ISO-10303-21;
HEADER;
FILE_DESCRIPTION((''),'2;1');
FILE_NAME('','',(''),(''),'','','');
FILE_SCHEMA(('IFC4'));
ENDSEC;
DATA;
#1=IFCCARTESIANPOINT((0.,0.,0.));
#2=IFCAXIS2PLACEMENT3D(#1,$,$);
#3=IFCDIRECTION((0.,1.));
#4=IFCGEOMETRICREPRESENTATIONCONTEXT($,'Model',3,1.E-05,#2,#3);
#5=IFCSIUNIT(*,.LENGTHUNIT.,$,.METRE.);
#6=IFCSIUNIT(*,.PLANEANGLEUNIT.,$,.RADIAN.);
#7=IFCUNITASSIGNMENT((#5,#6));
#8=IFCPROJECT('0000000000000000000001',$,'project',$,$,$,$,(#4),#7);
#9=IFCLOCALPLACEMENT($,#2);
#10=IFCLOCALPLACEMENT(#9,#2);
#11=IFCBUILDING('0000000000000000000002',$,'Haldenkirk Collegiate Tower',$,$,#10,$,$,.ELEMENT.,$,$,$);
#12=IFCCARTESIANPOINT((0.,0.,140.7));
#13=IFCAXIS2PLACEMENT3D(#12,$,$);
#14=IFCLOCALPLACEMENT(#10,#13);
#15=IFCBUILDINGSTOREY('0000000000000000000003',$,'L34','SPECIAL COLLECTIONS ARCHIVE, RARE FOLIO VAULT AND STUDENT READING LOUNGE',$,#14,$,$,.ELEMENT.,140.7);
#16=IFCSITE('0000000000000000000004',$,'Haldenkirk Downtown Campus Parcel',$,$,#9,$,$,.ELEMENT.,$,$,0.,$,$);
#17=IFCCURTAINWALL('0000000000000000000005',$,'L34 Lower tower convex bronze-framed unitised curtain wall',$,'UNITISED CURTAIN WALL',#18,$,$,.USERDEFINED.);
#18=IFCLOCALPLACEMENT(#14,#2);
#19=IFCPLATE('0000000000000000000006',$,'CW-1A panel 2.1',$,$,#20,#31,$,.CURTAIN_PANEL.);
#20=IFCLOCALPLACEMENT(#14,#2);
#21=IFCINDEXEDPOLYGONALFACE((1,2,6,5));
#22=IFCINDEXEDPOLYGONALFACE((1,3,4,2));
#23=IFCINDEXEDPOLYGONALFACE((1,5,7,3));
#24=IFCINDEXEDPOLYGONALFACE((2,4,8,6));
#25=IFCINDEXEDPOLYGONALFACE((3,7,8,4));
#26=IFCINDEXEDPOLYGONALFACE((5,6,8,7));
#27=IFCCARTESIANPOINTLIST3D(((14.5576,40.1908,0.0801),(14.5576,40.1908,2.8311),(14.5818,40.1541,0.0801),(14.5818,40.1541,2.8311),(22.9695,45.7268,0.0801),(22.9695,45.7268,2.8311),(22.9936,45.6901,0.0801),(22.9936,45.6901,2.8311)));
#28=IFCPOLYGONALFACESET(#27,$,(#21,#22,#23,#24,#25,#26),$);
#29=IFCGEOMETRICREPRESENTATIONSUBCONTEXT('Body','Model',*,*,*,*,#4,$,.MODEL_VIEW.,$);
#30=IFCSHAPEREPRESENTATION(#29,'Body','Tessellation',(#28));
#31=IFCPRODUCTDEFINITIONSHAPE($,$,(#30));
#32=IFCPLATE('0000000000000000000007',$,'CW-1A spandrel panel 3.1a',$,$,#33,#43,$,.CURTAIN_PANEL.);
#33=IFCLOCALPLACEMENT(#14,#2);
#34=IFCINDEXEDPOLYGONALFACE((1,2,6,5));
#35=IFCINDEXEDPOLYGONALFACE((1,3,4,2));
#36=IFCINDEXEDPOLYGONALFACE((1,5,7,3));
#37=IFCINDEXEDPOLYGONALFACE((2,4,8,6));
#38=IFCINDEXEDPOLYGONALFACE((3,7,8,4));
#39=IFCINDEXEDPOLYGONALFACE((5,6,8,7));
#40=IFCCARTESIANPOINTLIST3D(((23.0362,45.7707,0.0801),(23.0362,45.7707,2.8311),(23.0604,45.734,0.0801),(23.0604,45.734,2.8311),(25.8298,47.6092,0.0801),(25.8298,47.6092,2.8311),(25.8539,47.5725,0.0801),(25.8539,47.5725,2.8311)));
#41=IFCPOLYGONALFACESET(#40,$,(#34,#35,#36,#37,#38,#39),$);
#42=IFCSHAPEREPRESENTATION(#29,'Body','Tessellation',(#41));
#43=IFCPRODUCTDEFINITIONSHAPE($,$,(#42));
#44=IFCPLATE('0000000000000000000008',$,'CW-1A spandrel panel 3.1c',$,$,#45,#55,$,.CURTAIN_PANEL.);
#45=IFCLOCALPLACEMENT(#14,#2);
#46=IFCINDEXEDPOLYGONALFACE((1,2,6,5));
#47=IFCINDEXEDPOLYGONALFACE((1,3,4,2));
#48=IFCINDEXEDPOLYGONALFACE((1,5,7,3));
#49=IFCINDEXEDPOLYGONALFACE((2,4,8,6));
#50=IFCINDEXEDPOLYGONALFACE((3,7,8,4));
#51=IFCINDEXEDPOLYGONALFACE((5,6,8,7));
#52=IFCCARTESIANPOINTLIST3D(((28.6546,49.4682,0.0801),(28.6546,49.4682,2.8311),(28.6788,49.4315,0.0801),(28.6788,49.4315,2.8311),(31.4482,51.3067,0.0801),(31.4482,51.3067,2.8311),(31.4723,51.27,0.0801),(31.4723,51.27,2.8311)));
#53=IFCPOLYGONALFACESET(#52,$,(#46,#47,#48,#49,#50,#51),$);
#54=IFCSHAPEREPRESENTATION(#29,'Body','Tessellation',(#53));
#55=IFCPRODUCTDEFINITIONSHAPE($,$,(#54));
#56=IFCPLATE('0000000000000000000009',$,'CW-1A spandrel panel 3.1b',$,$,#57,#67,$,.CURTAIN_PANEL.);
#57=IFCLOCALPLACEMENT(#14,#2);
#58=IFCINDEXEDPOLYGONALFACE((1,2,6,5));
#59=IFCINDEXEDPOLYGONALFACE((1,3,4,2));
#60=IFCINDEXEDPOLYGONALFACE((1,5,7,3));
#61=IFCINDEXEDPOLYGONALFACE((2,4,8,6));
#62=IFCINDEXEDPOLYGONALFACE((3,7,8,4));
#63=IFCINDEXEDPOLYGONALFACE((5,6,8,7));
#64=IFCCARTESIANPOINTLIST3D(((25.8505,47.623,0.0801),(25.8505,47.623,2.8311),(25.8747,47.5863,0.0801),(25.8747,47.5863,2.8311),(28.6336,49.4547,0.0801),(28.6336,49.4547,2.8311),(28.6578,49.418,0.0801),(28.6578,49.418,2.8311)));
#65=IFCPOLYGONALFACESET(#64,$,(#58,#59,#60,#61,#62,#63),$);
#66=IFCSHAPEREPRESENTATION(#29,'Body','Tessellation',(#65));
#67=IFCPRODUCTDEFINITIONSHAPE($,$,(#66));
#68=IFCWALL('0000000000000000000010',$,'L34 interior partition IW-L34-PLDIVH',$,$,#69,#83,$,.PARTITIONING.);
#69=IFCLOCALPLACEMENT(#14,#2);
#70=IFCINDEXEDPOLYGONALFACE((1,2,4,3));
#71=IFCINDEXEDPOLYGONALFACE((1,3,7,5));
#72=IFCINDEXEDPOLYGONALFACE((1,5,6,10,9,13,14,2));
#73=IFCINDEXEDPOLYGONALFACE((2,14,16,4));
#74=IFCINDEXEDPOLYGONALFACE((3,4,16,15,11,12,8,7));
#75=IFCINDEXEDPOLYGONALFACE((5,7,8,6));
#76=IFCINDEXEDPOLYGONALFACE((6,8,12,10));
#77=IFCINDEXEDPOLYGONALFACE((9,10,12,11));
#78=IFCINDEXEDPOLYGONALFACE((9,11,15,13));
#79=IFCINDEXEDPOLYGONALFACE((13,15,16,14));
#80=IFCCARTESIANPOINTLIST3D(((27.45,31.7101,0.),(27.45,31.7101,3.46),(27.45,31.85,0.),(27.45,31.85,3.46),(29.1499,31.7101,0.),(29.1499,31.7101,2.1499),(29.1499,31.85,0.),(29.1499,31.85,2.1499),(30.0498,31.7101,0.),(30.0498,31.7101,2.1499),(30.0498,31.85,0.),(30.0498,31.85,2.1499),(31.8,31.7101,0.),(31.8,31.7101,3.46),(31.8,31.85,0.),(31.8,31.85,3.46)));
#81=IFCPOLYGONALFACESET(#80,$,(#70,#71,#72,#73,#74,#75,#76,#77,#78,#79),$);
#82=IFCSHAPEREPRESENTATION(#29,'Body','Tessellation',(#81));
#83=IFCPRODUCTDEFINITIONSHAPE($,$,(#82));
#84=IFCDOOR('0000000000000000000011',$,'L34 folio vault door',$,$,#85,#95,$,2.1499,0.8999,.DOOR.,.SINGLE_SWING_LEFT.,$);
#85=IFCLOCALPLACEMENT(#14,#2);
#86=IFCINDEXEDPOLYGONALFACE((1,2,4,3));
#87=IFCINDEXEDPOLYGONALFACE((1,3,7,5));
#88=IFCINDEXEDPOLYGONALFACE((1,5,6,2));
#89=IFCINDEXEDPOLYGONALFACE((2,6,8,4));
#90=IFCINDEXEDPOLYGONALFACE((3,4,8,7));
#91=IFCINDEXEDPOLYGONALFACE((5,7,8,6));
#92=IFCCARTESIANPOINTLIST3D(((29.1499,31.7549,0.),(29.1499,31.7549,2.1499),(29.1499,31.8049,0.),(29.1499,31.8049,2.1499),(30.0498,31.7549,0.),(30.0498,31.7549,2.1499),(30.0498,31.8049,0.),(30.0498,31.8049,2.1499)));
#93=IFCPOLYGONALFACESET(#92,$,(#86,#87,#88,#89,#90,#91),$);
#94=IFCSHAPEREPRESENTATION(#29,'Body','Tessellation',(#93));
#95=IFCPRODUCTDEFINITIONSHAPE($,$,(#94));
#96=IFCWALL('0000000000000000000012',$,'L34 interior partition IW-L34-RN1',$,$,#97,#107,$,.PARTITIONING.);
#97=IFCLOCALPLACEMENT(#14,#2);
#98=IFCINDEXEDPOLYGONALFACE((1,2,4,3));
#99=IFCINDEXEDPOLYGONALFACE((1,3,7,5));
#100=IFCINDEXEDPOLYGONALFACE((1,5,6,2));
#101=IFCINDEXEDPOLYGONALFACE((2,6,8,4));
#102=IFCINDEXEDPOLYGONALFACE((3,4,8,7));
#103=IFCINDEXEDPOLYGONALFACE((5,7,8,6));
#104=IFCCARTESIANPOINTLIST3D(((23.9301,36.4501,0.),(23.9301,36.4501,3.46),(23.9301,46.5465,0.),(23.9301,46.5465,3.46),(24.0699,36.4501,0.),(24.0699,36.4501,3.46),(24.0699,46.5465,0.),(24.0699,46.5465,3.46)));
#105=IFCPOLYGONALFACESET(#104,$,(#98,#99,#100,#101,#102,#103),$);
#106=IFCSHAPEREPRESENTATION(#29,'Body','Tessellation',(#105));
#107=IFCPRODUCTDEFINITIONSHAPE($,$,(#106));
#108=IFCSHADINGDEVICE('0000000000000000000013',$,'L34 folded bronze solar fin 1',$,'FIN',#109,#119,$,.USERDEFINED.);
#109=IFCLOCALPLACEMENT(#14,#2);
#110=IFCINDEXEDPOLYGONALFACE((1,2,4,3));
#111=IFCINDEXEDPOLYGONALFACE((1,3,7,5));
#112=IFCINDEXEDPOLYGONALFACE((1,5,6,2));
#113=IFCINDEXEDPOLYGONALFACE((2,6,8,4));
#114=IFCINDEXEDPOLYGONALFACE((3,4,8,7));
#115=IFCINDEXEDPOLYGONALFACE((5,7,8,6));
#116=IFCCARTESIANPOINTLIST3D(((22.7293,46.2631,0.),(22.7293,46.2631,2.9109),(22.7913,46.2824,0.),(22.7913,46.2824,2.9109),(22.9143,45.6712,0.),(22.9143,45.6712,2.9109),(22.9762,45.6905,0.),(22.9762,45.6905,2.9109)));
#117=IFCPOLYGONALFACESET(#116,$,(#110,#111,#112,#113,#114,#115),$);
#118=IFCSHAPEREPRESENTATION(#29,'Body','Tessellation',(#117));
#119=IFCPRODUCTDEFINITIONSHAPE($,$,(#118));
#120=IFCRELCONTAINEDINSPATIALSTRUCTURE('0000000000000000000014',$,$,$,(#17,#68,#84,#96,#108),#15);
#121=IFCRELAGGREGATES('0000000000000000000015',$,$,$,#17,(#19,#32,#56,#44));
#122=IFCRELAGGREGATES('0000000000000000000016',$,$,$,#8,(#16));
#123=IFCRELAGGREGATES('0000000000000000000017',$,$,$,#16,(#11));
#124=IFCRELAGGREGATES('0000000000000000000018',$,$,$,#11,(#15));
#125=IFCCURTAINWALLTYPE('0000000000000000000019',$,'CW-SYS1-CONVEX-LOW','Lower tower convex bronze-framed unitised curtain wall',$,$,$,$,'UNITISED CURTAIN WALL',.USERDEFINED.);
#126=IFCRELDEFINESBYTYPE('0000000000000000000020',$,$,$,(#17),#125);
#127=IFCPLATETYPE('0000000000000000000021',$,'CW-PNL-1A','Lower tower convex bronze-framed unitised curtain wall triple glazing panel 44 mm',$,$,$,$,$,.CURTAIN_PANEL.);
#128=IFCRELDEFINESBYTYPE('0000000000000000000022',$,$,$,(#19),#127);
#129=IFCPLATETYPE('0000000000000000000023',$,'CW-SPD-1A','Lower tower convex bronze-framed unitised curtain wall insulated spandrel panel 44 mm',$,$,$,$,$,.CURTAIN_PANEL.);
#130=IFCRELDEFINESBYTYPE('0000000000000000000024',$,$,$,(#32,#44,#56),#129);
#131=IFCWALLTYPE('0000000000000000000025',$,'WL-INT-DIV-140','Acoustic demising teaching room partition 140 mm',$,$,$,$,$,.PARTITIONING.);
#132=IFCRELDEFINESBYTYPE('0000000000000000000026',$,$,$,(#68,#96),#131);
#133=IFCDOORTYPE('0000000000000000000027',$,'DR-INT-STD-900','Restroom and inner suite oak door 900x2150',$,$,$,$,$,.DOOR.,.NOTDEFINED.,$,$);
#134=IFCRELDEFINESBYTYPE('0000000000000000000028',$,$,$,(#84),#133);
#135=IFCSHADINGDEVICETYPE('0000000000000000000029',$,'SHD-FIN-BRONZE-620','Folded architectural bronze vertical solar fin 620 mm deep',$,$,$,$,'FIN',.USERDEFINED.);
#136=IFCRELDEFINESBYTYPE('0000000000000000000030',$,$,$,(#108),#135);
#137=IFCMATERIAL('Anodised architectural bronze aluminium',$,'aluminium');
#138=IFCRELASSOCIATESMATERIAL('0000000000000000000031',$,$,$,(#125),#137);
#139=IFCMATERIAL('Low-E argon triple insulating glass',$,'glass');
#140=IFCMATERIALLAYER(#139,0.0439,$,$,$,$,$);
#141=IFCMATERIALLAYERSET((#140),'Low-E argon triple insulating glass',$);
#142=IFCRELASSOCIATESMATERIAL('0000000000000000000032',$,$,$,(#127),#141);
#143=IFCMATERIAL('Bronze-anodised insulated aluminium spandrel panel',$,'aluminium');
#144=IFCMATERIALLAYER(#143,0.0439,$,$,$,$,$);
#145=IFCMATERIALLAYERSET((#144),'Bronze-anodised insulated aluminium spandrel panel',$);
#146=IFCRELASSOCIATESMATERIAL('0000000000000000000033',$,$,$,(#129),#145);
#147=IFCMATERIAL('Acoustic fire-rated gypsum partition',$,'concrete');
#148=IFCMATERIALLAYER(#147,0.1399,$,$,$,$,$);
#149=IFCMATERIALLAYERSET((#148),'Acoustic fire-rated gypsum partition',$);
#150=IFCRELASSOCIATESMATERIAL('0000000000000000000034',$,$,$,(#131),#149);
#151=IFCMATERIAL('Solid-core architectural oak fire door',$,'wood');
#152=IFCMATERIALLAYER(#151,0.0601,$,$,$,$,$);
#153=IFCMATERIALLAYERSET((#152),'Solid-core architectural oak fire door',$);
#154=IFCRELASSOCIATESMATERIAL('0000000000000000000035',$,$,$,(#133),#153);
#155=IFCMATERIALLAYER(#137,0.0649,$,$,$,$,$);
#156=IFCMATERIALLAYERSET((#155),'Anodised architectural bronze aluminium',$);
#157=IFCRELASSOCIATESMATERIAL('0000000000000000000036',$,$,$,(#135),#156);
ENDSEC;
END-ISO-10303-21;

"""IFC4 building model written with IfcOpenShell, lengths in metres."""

from ifc_helpers import new_model, si_unit, direction, frame, frame_2d, origin, origin_2d, place, context, subcontext, project, spatial, rectangle, extrude, source, transform, mapped, material, layer, layer_set, type_object, element, fill, aggregate, save


model = new_model("IFC4")

# Units and contexts
model_context = context("Model", 3, precision=1e-05, world=origin(), true_north=direction((0.0, 1.0)))
body_context = subcontext(model_context, "Body", "Model", "MODEL_VIEW")
ifc_project = project(units=[si_unit("LENGTHUNIT", "METRE"), si_unit("PLANEANGLEUNIT", "RADIAN")], contexts=[model_context])

# Site, building, storey
site_placement = place(None, origin())
site = spatial("IfcSite", under=ifc_project, at=site_placement, Name="Haldenkirk Downtown Campus Parcel", CompositionType="ELEMENT", RefElevation=0.0)
building_placement = place(site_placement, origin())
building = spatial("IfcBuilding", under=site, at=building_placement, Name="Haldenkirk Collegiate Tower", CompositionType="ELEMENT")
storey_placement = place(building_placement, frame((0.0, 0.0, 140.7)))
storey = spatial("IfcBuildingStorey", under=building, at=storey_placement, Name="L34", Description="SPECIAL COLLECTIONS ARCHIVE, RARE FOLIO VAULT AND STUDENT READING LOUNGE", CompositionType="ELEMENT", Elevation=140.7)

# Curtain wall, plates
ifc_material_1 = material(Name="Anodised architectural bronze aluminium", Category="aluminium")
curtain_wall_type = type_object("IfcCurtainWallType", Name="CW-SYS1-CONVEX-LOW", Description="Lower tower convex bronze-framed unitised curtain wall", ElementType="UNITISED CURTAIN WALL", PredefinedType="USERDEFINED", material=ifc_material_1)
curtain_wall_placement = place(storey_placement, origin())
curtain_wall = element("IfcCurtainWall", 1, at=curtain_wall_placement, inside=storey, type_object=curtain_wall_type, Name="L34 Lower tower convex bronze-framed unitised curtain wall", ObjectType="UNITISED CURTAIN WALL", PredefinedType="USERDEFINED")
ifc_material_2 = material(Name="Low-E argon triple insulating glass", Category="glass")
ifc_layer_1 = layer(ifc_material_2, 0.0439)
ifc_layer_set_1 = layer_set([ifc_layer_1], Name="Low-E argon triple insulating glass")
plate_type_1 = type_object("IfcPlateType", Name="CW-PNL-1A", Description="Lower tower convex bronze-framed unitised curtain wall triple glazing panel 44 mm", PredefinedType="CURTAIN_PANEL", material=ifc_layer_set_1)
shared_shape_1 = source(origin(), body_context, "Body", "SweptSolid", [
    extrude(rectangle(XDim=10.0701, YDim=0.0439, at=origin_2d()), origin(), (0.0, 0.0, 1.0), 2.751),
])
plate_1_placement = place(storey_placement, frame((18.7756, 42.9404, 0.0801), z_axis=(0.0, 0.0, 1.0), x_axis=(0.835329, 0.54975, 0.0)))
plate_1 = element("IfcPlate", 2, at=plate_1_placement, type_object=plate_type_1, Name="CW-1A panel 2.1", PredefinedType="CURTAIN_PANEL", context=body_context, shape_type="MappedRepresentation", body=[
    mapped(shared_shape_1, transform((0.0, 0.0, 0.0), x_axis=(1.0, 0.0, 0.0), y_axis=(0.0, 1.0, 0.0), z_axis=(0.0, 0.0, 1.0), scale=1.0)),
])
ifc_material_3 = material(Name="Bronze-anodised insulated aluminium spandrel panel", Category="aluminium")
ifc_layer_2 = layer(ifc_material_3, 0.0439)
ifc_layer_set_2 = layer_set([ifc_layer_2], Name="Bronze-anodised insulated aluminium spandrel panel")
plate_type_2 = type_object("IfcPlateType", Name="CW-SPD-1A", Description="Lower tower convex bronze-framed unitised curtain wall insulated spandrel panel 44 mm", PredefinedType="CURTAIN_PANEL", material=ifc_layer_set_2)
shared_shape_2 = source(origin(), body_context, "Body", "SweptSolid", [
    extrude(rectangle(XDim=3.3442, YDim=0.0439, at=origin_2d()), origin(), (0.0, 0.0, 1.0), 2.751),
])
plate_2_placement = place(storey_placement, frame((24.4451, 46.6716, 0.0801), z_axis=(0.0, 0.0, 1.0), x_axis=(0.835329, 0.54975, 0.0)))
plate_2 = element("IfcPlate", 3, at=plate_2_placement, type_object=plate_type_2, Name="CW-1A spandrel panel 3.1a", PredefinedType="CURTAIN_PANEL", context=body_context, shape_type="MappedRepresentation", body=[
    mapped(shared_shape_2, transform((0.0, 0.0, 0.0), x_axis=(1.0, 0.0, 0.0), y_axis=(0.0, 1.0, 0.0), z_axis=(0.0, 0.0, 1.0), scale=1.0)),
])
plate_3_placement = place(storey_placement, frame((30.0635, 50.3691, 0.0801), z_axis=(0.0, 0.0, 1.0), x_axis=(0.835329, 0.54975, 0.0)))
plate_3 = element("IfcPlate", 4, at=plate_3_placement, type_object=plate_type_2, Name="CW-1A spandrel panel 3.1c", PredefinedType="CURTAIN_PANEL", context=body_context, shape_type="MappedRepresentation", body=[
    mapped(shared_shape_2, transform((0.0, 0.0, 0.0), x_axis=(1.0, 0.0, 0.0), y_axis=(0.0, 1.0, 0.0), z_axis=(0.0, 0.0, 1.0), scale=1.0)),
])
shared_shape_3 = source(origin(), body_context, "Body", "SweptSolid", [
    extrude(rectangle(XDim=3.3318, YDim=0.0439, at=origin_2d()), origin(), (0.0, 0.0, 1.0), 2.751),
])
plate_4_placement = place(storey_placement, frame((27.2542, 48.5205, 0.0801), z_axis=(0.0, 0.0, 1.0), x_axis=(0.835329, 0.54975, 0.0)))
plate_4 = element("IfcPlate", 5, at=plate_4_placement, type_object=plate_type_2, Name="CW-1A spandrel panel 3.1b", PredefinedType="CURTAIN_PANEL", context=body_context, shape_type="MappedRepresentation", body=[
    mapped(shared_shape_3, transform((0.0, 0.0, 0.0), x_axis=(1.0, 0.0, 0.0), y_axis=(0.0, 1.0, 0.0), z_axis=(0.0, 0.0, 1.0), scale=1.0)),
])
aggregate(curtain_wall, [plate_1, plate_2, plate_4, plate_3])

# Wall, opening, door
ifc_material_4 = material(Name="Acoustic fire-rated gypsum partition", Category="concrete")
ifc_layer_3 = layer(ifc_material_4, 0.1399)
ifc_layer_set_3 = layer_set([ifc_layer_3], Name="Acoustic fire-rated gypsum partition")
wall_type_1 = type_object("IfcWallType", Name="WL-INT-DIV-140", Description="Acoustic demising teaching room partition 140 mm", PredefinedType="PARTITIONING", material=ifc_layer_set_3)
wall_1_placement = place(storey_placement, frame((27.45, 31.78, 0.0), z_axis=(0.0, 0.0, 1.0), x_axis=(1.0, 0.0, 0.0)))
wall_1 = element("IfcWall", 6, at=wall_1_placement, inside=storey, type_object=wall_type_1, Name="L34 interior partition IW-L34-PLDIVH", PredefinedType="PARTITIONING", context=body_context, shape_type="SweptSolid", body=[
    extrude(rectangle(XDim=4.3501, YDim=0.1399, at=frame_2d((2.175, 0.0))), origin(), (0.0, 0.0, 1.0), 3.46),
])
opening_1_placement = place(wall_1_placement, frame((1.7, 0.0, 0.0)))
opening_1 = element("IfcOpeningElement", 7, at=opening_1_placement, cuts=wall_1, PredefinedType="OPENING", context=body_context, shape_type="SweptSolid", body=[
    extrude(rectangle(XDim=0.8999, YDim=2.1499, at=frame_2d((0.45, 1.075))), frame((0.0, 0.0798, 0.0), z_axis=(0.0, -1.0, 0.0), x_axis=(1.0, 0.0, 0.0)), (0.0, 0.0, 1.0), 0.1599),
])
ifc_material_5 = material(Name="Solid-core architectural oak fire door", Category="wood")
ifc_layer_4 = layer(ifc_material_5, 0.0601)
ifc_layer_set_4 = layer_set([ifc_layer_4], Name="Solid-core architectural oak fire door")
door_type_1 = type_object("IfcDoorType", Name="DR-INT-STD-900", Description="Restroom and inner suite oak door 900x2150", OperationType="NOTDEFINED", PredefinedType="DOOR", material=ifc_layer_set_4)
door_1_placement = place(opening_1_placement, origin())
door_1 = element("IfcDoor", 8, at=door_1_placement, inside=storey, type_object=door_type_1, Name="L34 folio vault door", OperationType="SINGLE_SWING_LEFT", OverallHeight=2.1499, OverallWidth=0.8999, PredefinedType="DOOR", context=body_context, shape_type="SweptSolid", body=[
    extrude(rectangle(XDim=0.8999, YDim=2.1499, at=frame_2d((0.45, 1.075))), frame((0.0, 0.0249, 0.0), z_axis=(0.0, -1.0, 0.0), x_axis=(1.0, 0.0, 0.0)), (0.0, 0.0, 1.0), 0.05),
])
fill(opening_1, door_1)

# Wall
wall_2_placement = place(storey_placement, frame((24.0, 36.45, 0.0), z_axis=(0.0, 0.0, 1.0), x_axis=(0.0, 1.0, 0.0)))
element("IfcWall", 9, at=wall_2_placement, inside=storey, type_object=wall_type_1, Name="L34 interior partition IW-L34-RN1", PredefinedType="PARTITIONING", context=body_context, shape_type="SweptSolid", body=[
    extrude(rectangle(XDim=10.0964, YDim=0.1399, at=frame_2d((5.0483, 0.0))), origin(), (0.0, 0.0, 1.0), 3.46),
])

# Shading device
ifc_layer_5 = layer(ifc_material_1, 0.0649)
ifc_layer_set_5 = layer_set([ifc_layer_5], Name="Anodised architectural bronze aluminium")
shading_device_type = type_object("IfcShadingDeviceType", Name="SHD-FIN-BRONZE-620", Description="Folded architectural bronze vertical solar fin 620 mm deep", ElementType="FIN", PredefinedType="USERDEFINED", material=ifc_layer_set_5)
shared_shape_4 = source(origin(), body_context, "Body", "SweptSolid", [
    extrude(rectangle(XDim=0.6201, YDim=0.0649, at=origin_2d()), origin(), (0.0, 0.0, 1.0), 2.9109),
])
shading_device_placement = place(storey_placement, frame((22.8528, 45.9768, 0.0), z_axis=(0.0, 0.0, 1.0), x_axis=(-0.298208, 0.954501, 0.0)))
element("IfcShadingDevice", 10, at=shading_device_placement, inside=storey, type_object=shading_device_type, Name="L34 folded bronze solar fin 1", ObjectType="FIN", PredefinedType="USERDEFINED", context=body_context, shape_type="MappedRepresentation", body=[
    mapped(shared_shape_4, transform((0.0, 0.0, 0.0), x_axis=(1.0, 0.0, 0.0), y_axis=(0.0, 1.0, 0.0), z_axis=(0.0, 0.0, 1.0), scale=1.0)),
])

save(model, "model.ifc")
